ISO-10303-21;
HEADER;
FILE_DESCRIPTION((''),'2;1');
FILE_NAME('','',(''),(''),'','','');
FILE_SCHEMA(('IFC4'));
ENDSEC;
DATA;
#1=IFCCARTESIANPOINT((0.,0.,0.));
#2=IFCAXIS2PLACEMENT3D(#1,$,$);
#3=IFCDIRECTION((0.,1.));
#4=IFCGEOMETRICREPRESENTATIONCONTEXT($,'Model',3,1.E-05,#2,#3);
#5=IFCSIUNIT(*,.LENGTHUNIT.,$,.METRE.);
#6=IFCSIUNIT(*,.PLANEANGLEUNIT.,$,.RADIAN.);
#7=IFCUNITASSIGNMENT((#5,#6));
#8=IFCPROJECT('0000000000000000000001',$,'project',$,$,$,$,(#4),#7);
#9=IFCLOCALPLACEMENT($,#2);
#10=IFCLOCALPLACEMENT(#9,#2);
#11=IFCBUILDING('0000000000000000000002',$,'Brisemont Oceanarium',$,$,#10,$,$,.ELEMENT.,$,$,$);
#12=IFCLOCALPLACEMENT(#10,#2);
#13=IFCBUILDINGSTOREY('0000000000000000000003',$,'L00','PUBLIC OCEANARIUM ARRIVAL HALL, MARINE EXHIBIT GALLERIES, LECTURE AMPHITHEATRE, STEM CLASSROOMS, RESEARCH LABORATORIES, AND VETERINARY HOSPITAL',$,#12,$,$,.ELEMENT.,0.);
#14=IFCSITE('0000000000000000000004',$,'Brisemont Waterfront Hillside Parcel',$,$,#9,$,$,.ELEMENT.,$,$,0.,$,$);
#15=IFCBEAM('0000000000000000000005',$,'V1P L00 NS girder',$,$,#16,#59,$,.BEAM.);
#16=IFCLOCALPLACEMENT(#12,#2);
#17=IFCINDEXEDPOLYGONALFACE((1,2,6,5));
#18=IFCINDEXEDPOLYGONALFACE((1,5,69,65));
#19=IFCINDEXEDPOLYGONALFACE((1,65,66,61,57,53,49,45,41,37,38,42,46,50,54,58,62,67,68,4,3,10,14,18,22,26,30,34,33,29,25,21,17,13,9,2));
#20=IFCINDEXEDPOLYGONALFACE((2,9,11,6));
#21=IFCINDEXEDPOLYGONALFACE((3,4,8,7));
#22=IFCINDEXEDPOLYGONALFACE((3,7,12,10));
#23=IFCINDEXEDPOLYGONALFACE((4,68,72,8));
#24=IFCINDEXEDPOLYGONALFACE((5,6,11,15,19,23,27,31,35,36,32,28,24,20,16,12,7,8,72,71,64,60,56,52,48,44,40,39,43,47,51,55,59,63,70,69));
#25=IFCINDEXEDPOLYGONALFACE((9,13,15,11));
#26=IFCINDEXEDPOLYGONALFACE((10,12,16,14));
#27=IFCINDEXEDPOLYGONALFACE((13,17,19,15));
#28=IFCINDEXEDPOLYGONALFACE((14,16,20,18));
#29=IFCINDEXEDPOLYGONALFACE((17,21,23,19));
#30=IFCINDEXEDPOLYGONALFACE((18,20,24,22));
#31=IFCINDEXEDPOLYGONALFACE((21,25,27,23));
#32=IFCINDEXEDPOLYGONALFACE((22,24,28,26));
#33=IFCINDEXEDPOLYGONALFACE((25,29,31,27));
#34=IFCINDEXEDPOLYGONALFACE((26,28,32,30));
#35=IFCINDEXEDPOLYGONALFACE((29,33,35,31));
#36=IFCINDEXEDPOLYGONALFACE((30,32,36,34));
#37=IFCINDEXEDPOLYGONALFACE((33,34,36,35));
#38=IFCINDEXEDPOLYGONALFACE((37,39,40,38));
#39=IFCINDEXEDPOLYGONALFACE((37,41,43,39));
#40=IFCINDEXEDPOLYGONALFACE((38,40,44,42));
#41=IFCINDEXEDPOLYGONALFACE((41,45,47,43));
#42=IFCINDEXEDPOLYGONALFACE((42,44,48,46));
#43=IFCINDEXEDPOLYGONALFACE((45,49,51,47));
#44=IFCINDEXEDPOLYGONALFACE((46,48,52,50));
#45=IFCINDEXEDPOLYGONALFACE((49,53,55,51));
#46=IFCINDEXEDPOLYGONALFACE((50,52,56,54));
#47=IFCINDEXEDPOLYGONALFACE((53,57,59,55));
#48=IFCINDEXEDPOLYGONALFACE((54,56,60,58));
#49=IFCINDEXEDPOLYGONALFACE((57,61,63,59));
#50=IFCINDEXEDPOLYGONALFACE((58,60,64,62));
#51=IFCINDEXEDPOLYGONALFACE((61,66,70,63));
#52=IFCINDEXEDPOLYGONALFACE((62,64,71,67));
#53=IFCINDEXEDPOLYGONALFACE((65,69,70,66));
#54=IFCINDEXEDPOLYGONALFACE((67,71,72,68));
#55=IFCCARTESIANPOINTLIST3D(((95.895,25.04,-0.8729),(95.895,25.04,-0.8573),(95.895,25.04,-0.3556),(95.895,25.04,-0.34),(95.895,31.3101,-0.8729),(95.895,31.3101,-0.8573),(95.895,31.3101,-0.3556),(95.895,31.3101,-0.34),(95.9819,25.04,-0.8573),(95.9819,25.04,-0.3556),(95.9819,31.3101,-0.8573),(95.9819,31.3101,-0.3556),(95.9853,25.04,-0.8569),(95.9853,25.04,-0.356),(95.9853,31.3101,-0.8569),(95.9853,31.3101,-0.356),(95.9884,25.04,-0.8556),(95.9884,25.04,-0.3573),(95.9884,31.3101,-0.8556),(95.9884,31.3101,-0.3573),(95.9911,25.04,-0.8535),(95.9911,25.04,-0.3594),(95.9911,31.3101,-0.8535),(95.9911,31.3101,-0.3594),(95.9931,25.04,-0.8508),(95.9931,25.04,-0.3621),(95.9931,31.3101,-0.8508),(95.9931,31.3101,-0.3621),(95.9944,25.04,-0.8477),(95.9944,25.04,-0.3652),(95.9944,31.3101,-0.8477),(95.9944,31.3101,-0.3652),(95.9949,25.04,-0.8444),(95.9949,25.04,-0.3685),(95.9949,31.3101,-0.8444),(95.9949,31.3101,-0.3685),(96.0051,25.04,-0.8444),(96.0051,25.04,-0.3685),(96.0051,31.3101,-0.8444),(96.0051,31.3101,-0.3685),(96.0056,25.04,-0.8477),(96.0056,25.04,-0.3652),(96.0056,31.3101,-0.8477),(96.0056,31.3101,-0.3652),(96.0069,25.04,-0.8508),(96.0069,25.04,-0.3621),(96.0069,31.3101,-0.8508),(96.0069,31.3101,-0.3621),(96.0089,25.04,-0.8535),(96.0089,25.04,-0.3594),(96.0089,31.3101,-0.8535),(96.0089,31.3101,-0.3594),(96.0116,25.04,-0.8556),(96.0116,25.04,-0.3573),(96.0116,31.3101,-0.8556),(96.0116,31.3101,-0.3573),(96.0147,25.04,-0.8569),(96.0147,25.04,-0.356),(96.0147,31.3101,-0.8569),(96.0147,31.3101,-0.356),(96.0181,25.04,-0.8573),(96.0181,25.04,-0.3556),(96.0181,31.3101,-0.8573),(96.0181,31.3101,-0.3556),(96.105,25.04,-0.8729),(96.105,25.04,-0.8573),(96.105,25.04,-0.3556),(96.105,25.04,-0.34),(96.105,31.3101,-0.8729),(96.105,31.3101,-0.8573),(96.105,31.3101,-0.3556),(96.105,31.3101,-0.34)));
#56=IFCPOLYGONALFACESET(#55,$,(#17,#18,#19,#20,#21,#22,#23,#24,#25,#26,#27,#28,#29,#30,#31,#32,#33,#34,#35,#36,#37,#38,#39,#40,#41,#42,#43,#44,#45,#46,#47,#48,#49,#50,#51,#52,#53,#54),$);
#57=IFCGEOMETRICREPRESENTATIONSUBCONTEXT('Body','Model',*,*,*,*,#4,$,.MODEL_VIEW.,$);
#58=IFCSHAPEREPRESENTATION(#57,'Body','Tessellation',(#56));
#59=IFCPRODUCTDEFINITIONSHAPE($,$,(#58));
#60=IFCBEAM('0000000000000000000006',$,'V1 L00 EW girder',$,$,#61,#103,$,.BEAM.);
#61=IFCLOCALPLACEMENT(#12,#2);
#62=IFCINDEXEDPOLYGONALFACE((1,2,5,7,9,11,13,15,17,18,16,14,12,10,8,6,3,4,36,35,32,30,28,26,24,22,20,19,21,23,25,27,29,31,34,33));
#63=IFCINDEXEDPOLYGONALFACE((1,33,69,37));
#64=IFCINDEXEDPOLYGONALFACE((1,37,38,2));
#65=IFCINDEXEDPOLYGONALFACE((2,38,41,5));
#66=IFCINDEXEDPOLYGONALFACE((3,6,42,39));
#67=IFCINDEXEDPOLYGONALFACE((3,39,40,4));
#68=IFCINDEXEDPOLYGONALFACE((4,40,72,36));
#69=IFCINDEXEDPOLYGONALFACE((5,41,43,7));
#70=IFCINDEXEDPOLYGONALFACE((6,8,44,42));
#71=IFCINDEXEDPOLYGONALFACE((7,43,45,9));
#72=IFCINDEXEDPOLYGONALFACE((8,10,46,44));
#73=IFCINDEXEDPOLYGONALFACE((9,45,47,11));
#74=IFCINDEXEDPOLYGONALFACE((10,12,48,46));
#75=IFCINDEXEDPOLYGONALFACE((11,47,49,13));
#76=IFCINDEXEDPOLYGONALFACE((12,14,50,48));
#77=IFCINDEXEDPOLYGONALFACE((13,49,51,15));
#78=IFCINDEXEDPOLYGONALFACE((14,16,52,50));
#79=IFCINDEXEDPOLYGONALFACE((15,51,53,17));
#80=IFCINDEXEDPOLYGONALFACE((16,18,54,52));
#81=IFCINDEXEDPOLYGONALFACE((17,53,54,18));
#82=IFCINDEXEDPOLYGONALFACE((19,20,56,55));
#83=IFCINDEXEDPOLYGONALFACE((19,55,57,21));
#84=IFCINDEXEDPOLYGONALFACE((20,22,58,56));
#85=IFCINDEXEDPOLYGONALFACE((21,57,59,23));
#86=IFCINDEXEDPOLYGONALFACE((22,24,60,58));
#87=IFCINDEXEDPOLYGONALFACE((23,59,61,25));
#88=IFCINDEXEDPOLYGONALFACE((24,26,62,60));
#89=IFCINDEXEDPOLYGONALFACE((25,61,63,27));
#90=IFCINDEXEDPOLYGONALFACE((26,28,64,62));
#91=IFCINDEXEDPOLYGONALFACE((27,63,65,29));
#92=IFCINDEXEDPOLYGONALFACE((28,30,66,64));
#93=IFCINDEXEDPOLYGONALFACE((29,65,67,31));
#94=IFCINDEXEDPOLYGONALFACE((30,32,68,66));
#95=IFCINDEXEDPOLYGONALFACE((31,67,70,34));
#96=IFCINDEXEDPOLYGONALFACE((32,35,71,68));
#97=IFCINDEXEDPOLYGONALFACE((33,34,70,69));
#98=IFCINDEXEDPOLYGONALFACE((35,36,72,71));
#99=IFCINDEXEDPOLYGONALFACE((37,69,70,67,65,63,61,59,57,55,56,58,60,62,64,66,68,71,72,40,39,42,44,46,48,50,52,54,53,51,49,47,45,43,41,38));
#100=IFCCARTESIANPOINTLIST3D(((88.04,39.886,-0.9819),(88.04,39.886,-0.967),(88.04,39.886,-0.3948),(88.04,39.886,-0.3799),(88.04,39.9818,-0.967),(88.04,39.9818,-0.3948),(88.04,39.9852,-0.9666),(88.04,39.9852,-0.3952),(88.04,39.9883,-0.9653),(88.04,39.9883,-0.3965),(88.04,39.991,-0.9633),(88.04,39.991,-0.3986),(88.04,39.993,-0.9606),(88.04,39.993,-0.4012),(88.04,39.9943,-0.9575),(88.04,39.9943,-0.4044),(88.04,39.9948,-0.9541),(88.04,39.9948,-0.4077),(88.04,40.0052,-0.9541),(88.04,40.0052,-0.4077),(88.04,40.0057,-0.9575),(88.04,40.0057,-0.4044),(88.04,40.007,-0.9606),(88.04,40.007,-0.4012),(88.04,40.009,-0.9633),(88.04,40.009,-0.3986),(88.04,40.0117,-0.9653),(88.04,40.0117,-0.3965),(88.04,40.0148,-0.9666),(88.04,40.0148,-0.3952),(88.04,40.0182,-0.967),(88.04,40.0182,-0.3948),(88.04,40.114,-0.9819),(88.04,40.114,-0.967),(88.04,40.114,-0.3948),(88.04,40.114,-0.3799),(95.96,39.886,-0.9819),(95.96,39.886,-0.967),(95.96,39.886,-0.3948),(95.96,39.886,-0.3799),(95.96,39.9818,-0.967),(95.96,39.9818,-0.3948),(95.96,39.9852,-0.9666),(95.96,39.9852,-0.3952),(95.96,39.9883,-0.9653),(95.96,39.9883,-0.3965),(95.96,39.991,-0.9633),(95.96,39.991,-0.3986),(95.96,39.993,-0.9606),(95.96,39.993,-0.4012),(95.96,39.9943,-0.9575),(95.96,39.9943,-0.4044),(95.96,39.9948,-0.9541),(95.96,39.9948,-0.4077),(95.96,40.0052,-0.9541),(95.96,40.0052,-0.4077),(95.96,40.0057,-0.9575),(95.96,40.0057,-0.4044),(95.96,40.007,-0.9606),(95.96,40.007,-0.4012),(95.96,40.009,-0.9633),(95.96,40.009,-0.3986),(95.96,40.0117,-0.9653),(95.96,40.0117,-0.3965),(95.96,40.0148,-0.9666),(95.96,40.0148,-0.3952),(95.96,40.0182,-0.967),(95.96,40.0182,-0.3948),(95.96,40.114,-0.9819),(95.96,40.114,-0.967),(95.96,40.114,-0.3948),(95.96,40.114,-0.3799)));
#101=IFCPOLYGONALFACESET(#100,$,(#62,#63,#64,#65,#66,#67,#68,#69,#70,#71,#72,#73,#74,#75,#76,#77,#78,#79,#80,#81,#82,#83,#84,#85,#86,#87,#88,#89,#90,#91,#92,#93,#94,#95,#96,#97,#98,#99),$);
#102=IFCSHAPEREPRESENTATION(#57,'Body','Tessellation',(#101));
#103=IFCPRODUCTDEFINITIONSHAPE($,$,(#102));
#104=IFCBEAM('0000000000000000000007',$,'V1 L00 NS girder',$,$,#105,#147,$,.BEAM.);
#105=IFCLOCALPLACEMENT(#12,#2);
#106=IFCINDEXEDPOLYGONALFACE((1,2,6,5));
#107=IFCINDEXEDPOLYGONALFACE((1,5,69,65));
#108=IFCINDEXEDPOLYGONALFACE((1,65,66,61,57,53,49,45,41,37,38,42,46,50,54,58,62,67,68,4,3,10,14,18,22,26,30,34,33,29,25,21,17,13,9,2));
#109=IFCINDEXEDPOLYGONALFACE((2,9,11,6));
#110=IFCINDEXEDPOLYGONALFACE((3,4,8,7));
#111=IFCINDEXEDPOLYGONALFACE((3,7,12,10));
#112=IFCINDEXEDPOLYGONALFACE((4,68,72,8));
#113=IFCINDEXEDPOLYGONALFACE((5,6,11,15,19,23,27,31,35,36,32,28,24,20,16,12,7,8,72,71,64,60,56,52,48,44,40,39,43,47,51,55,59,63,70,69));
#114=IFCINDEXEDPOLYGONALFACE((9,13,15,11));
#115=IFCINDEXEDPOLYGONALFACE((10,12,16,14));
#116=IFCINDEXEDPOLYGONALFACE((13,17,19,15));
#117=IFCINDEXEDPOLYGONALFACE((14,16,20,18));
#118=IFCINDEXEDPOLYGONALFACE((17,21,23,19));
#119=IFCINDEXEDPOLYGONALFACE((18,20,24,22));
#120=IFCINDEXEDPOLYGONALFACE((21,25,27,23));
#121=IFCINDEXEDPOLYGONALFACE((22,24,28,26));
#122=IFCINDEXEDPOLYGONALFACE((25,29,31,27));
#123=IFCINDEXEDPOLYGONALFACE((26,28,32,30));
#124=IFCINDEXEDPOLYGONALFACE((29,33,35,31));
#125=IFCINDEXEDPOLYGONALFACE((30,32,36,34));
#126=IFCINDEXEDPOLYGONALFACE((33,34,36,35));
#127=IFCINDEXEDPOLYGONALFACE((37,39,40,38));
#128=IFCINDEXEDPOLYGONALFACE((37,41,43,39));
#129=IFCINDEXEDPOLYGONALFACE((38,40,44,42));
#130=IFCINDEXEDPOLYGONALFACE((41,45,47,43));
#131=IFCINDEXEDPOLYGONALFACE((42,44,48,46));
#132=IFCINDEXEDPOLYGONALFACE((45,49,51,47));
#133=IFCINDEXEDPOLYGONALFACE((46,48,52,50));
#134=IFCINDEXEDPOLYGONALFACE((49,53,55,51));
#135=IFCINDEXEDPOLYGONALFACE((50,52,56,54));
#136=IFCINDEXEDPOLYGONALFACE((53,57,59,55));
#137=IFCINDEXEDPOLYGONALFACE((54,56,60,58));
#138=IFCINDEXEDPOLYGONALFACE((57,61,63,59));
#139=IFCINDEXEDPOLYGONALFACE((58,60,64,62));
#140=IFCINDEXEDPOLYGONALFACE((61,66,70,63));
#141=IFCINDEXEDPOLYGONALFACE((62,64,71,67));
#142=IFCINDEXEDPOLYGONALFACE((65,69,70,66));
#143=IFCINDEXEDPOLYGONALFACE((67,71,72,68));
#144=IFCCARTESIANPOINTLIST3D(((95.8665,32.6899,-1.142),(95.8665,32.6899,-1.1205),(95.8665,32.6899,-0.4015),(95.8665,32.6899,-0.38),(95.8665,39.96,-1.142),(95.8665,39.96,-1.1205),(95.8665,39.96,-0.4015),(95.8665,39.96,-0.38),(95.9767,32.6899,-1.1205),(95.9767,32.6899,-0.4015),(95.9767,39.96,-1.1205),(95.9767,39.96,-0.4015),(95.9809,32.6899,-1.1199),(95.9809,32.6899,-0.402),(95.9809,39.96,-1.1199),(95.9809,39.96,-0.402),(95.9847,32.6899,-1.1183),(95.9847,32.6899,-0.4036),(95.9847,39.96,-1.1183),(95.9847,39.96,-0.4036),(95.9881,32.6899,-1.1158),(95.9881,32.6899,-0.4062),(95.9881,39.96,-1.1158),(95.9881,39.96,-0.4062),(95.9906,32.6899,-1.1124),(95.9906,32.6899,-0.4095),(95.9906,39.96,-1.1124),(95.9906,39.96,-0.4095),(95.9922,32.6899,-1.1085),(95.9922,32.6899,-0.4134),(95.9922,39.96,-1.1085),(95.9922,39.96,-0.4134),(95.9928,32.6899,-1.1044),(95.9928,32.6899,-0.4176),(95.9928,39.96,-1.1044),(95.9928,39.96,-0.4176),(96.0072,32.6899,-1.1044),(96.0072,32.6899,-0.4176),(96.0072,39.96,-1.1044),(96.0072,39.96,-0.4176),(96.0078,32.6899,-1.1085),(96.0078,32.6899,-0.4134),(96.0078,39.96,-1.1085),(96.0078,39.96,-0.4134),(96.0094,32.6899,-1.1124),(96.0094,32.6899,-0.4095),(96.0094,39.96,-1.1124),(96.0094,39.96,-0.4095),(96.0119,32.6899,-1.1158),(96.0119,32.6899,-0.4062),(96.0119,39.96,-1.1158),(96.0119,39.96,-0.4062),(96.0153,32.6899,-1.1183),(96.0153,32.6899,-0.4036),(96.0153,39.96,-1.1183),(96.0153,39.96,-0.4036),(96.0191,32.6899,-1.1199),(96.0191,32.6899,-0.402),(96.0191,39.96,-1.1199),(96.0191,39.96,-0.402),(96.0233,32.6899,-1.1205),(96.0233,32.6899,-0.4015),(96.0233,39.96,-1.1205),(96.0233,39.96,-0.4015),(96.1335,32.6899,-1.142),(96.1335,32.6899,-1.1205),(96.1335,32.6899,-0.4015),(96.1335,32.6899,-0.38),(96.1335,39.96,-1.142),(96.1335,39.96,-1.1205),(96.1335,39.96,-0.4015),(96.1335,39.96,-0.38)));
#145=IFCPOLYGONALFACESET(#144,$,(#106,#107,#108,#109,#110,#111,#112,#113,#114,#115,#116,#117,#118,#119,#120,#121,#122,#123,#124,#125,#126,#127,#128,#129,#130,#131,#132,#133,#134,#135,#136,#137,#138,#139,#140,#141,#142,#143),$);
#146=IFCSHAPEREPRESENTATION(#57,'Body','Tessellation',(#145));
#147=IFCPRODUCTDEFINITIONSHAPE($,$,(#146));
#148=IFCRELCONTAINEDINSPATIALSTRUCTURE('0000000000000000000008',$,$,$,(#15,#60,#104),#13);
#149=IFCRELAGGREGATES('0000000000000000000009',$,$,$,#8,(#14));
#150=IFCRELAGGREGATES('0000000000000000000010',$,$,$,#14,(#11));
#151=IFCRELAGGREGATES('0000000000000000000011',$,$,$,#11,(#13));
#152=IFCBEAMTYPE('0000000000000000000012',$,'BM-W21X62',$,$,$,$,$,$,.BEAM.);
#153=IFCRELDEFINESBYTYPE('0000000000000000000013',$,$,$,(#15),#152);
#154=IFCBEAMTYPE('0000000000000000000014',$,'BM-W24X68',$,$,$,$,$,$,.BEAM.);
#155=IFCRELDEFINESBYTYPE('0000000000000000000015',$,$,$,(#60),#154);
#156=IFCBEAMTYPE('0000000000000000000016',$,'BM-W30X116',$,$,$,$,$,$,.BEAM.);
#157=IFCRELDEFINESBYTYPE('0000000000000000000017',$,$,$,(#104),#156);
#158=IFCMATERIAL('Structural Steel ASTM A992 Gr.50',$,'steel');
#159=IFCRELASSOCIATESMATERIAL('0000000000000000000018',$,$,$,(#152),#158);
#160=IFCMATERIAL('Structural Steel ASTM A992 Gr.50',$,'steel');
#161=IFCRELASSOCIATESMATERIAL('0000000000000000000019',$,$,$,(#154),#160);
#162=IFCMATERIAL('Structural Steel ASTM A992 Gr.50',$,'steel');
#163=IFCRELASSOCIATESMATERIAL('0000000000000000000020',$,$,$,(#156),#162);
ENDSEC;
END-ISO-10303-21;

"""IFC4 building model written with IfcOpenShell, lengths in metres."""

from ifc_helpers import new_model, si_unit, direction, frame, origin, origin_2d, place, context, subcontext, project, spatial, i_section, extrude, material, material_profile, profile_set, type_object, element, save


model = new_model("IFC4")

# Units and contexts
model_context = context("Model", 3, precision=1e-05, world=origin(), true_north=direction((0.0, 1.0)))
body_context = subcontext(model_context, "Body", "Model", "MODEL_VIEW")
ifc_project = project(units=[si_unit("LENGTHUNIT", "METRE"), si_unit("PLANEANGLEUNIT", "RADIAN")], contexts=[model_context])

# Site, building, storey
site_placement = place(None, origin())
site = spatial("IfcSite", under=ifc_project, at=site_placement, Name="Brisemont Waterfront Hillside Parcel", CompositionType="ELEMENT", RefElevation=0.0)
building_placement = place(site_placement, origin())
building = spatial("IfcBuilding", under=site, at=building_placement, Name="Brisemont Oceanarium", CompositionType="ELEMENT")
storey_placement = place(building_placement, origin())
storey = spatial("IfcBuildingStorey", under=building, at=storey_placement, Name="L00", Description="PUBLIC OCEANARIUM ARRIVAL HALL, MARINE EXHIBIT GALLERIES, LECTURE AMPHITHEATRE, STEM CLASSROOMS, RESEARCH LABORATORIES, AND VETERINARY HOSPITAL", CompositionType="ELEMENT", Elevation=0.0)

# Beams
ifc_material_1 = material(Name="Structural Steel ASTM A992 Gr.50", Category="steel")
ifc_material_profile_1 = material_profile(ifc_material_1, i_section(OverallWidth=0.21, OverallDepth=0.533, WebThickness=0.0103, FlangeThickness=0.0156, FilletRadius=0.0129, at=origin_2d()), Name="W21X62")
ifc_profile_set_1 = profile_set([ifc_material_profile_1], Name="Structural Steel ASTM A992 Gr.50")
beam_type_1 = type_object("IfcBeamType", Name="BM-W21X62", PredefinedType="BEAM", material=ifc_profile_set_1)
beam_1_placement = place(storey_placement, frame((96.0, 25.04, -0.6064), z_axis=(0.0, 1.0, 0.0), x_axis=(-1.0, 0.0, 0.0)))
element("IfcBeam", 1, at=beam_1_placement, inside=storey, type_object=beam_type_1, Name="V1P L00 NS girder", PredefinedType="BEAM", context=body_context, shape_type="SweptSolid", body=[
    extrude(i_section(OverallWidth=0.21, OverallDepth=0.533, WebThickness=0.0103, FlangeThickness=0.0156, FilletRadius=0.0129, at=origin_2d()), origin(), (0.0, 0.0, 1.0), 6.27),
])
ifc_material_2 = material(Name="Structural Steel ASTM A992 Gr.50", Category="steel")
ifc_material_profile_2 = material_profile(ifc_material_2, i_section(OverallWidth=0.228, OverallDepth=0.6021, WebThickness=0.0105, FlangeThickness=0.0149, FilletRadius=0.0129, at=origin_2d()), Name="W24X68")
ifc_profile_set_2 = profile_set([ifc_material_profile_2], Name="Structural Steel ASTM A992 Gr.50")
beam_type_2 = type_object("IfcBeamType", Name="BM-W24X68", PredefinedType="BEAM", material=ifc_profile_set_2)
beam_2_placement = place(storey_placement, frame((88.04, 40.0, -0.6809), z_axis=(1.0, 0.0, 0.0), x_axis=(0.0, 1.0, 0.0)))
element("IfcBeam", 2, at=beam_2_placement, inside=storey, type_object=beam_type_2, Name="V1 L00 EW girder", PredefinedType="BEAM", context=body_context, shape_type="SweptSolid", body=[
    extrude(i_section(OverallWidth=0.228, OverallDepth=0.6021, WebThickness=0.0105, FlangeThickness=0.0149, FilletRadius=0.0129, at=origin_2d()), origin(), (0.0, 0.0, 1.0), 7.9199),
])
ifc_material_3 = material(Name="Structural Steel ASTM A992 Gr.50", Category="steel")
ifc_material_profile_3 = material_profile(ifc_material_3, i_section(OverallWidth=0.2671, OverallDepth=0.762, WebThickness=0.0144, FlangeThickness=0.0215, FilletRadius=0.0161, at=origin_2d()), Name="W30X116")
ifc_profile_set_3 = profile_set([ifc_material_profile_3], Name="Structural Steel ASTM A992 Gr.50")
beam_type_3 = type_object("IfcBeamType", Name="BM-W30X116", PredefinedType="BEAM", material=ifc_profile_set_3)
beam_3_placement = place(storey_placement, frame((96.0, 32.6899, -0.761), z_axis=(0.0, 1.0, 0.0), x_axis=(-1.0, 0.0, 0.0)))
element("IfcBeam", 3, at=beam_3_placement, inside=storey, type_object=beam_type_3, Name="V1 L00 NS girder", PredefinedType="BEAM", context=body_context, shape_type="SweptSolid", body=[
    extrude(i_section(OverallWidth=0.2671, OverallDepth=0.762, WebThickness=0.0144, FlangeThickness=0.0215, FilletRadius=0.0161, at=origin_2d()), origin(), (0.0, 0.0, 1.0), 7.27),
])

save(model, "model.ifc")
